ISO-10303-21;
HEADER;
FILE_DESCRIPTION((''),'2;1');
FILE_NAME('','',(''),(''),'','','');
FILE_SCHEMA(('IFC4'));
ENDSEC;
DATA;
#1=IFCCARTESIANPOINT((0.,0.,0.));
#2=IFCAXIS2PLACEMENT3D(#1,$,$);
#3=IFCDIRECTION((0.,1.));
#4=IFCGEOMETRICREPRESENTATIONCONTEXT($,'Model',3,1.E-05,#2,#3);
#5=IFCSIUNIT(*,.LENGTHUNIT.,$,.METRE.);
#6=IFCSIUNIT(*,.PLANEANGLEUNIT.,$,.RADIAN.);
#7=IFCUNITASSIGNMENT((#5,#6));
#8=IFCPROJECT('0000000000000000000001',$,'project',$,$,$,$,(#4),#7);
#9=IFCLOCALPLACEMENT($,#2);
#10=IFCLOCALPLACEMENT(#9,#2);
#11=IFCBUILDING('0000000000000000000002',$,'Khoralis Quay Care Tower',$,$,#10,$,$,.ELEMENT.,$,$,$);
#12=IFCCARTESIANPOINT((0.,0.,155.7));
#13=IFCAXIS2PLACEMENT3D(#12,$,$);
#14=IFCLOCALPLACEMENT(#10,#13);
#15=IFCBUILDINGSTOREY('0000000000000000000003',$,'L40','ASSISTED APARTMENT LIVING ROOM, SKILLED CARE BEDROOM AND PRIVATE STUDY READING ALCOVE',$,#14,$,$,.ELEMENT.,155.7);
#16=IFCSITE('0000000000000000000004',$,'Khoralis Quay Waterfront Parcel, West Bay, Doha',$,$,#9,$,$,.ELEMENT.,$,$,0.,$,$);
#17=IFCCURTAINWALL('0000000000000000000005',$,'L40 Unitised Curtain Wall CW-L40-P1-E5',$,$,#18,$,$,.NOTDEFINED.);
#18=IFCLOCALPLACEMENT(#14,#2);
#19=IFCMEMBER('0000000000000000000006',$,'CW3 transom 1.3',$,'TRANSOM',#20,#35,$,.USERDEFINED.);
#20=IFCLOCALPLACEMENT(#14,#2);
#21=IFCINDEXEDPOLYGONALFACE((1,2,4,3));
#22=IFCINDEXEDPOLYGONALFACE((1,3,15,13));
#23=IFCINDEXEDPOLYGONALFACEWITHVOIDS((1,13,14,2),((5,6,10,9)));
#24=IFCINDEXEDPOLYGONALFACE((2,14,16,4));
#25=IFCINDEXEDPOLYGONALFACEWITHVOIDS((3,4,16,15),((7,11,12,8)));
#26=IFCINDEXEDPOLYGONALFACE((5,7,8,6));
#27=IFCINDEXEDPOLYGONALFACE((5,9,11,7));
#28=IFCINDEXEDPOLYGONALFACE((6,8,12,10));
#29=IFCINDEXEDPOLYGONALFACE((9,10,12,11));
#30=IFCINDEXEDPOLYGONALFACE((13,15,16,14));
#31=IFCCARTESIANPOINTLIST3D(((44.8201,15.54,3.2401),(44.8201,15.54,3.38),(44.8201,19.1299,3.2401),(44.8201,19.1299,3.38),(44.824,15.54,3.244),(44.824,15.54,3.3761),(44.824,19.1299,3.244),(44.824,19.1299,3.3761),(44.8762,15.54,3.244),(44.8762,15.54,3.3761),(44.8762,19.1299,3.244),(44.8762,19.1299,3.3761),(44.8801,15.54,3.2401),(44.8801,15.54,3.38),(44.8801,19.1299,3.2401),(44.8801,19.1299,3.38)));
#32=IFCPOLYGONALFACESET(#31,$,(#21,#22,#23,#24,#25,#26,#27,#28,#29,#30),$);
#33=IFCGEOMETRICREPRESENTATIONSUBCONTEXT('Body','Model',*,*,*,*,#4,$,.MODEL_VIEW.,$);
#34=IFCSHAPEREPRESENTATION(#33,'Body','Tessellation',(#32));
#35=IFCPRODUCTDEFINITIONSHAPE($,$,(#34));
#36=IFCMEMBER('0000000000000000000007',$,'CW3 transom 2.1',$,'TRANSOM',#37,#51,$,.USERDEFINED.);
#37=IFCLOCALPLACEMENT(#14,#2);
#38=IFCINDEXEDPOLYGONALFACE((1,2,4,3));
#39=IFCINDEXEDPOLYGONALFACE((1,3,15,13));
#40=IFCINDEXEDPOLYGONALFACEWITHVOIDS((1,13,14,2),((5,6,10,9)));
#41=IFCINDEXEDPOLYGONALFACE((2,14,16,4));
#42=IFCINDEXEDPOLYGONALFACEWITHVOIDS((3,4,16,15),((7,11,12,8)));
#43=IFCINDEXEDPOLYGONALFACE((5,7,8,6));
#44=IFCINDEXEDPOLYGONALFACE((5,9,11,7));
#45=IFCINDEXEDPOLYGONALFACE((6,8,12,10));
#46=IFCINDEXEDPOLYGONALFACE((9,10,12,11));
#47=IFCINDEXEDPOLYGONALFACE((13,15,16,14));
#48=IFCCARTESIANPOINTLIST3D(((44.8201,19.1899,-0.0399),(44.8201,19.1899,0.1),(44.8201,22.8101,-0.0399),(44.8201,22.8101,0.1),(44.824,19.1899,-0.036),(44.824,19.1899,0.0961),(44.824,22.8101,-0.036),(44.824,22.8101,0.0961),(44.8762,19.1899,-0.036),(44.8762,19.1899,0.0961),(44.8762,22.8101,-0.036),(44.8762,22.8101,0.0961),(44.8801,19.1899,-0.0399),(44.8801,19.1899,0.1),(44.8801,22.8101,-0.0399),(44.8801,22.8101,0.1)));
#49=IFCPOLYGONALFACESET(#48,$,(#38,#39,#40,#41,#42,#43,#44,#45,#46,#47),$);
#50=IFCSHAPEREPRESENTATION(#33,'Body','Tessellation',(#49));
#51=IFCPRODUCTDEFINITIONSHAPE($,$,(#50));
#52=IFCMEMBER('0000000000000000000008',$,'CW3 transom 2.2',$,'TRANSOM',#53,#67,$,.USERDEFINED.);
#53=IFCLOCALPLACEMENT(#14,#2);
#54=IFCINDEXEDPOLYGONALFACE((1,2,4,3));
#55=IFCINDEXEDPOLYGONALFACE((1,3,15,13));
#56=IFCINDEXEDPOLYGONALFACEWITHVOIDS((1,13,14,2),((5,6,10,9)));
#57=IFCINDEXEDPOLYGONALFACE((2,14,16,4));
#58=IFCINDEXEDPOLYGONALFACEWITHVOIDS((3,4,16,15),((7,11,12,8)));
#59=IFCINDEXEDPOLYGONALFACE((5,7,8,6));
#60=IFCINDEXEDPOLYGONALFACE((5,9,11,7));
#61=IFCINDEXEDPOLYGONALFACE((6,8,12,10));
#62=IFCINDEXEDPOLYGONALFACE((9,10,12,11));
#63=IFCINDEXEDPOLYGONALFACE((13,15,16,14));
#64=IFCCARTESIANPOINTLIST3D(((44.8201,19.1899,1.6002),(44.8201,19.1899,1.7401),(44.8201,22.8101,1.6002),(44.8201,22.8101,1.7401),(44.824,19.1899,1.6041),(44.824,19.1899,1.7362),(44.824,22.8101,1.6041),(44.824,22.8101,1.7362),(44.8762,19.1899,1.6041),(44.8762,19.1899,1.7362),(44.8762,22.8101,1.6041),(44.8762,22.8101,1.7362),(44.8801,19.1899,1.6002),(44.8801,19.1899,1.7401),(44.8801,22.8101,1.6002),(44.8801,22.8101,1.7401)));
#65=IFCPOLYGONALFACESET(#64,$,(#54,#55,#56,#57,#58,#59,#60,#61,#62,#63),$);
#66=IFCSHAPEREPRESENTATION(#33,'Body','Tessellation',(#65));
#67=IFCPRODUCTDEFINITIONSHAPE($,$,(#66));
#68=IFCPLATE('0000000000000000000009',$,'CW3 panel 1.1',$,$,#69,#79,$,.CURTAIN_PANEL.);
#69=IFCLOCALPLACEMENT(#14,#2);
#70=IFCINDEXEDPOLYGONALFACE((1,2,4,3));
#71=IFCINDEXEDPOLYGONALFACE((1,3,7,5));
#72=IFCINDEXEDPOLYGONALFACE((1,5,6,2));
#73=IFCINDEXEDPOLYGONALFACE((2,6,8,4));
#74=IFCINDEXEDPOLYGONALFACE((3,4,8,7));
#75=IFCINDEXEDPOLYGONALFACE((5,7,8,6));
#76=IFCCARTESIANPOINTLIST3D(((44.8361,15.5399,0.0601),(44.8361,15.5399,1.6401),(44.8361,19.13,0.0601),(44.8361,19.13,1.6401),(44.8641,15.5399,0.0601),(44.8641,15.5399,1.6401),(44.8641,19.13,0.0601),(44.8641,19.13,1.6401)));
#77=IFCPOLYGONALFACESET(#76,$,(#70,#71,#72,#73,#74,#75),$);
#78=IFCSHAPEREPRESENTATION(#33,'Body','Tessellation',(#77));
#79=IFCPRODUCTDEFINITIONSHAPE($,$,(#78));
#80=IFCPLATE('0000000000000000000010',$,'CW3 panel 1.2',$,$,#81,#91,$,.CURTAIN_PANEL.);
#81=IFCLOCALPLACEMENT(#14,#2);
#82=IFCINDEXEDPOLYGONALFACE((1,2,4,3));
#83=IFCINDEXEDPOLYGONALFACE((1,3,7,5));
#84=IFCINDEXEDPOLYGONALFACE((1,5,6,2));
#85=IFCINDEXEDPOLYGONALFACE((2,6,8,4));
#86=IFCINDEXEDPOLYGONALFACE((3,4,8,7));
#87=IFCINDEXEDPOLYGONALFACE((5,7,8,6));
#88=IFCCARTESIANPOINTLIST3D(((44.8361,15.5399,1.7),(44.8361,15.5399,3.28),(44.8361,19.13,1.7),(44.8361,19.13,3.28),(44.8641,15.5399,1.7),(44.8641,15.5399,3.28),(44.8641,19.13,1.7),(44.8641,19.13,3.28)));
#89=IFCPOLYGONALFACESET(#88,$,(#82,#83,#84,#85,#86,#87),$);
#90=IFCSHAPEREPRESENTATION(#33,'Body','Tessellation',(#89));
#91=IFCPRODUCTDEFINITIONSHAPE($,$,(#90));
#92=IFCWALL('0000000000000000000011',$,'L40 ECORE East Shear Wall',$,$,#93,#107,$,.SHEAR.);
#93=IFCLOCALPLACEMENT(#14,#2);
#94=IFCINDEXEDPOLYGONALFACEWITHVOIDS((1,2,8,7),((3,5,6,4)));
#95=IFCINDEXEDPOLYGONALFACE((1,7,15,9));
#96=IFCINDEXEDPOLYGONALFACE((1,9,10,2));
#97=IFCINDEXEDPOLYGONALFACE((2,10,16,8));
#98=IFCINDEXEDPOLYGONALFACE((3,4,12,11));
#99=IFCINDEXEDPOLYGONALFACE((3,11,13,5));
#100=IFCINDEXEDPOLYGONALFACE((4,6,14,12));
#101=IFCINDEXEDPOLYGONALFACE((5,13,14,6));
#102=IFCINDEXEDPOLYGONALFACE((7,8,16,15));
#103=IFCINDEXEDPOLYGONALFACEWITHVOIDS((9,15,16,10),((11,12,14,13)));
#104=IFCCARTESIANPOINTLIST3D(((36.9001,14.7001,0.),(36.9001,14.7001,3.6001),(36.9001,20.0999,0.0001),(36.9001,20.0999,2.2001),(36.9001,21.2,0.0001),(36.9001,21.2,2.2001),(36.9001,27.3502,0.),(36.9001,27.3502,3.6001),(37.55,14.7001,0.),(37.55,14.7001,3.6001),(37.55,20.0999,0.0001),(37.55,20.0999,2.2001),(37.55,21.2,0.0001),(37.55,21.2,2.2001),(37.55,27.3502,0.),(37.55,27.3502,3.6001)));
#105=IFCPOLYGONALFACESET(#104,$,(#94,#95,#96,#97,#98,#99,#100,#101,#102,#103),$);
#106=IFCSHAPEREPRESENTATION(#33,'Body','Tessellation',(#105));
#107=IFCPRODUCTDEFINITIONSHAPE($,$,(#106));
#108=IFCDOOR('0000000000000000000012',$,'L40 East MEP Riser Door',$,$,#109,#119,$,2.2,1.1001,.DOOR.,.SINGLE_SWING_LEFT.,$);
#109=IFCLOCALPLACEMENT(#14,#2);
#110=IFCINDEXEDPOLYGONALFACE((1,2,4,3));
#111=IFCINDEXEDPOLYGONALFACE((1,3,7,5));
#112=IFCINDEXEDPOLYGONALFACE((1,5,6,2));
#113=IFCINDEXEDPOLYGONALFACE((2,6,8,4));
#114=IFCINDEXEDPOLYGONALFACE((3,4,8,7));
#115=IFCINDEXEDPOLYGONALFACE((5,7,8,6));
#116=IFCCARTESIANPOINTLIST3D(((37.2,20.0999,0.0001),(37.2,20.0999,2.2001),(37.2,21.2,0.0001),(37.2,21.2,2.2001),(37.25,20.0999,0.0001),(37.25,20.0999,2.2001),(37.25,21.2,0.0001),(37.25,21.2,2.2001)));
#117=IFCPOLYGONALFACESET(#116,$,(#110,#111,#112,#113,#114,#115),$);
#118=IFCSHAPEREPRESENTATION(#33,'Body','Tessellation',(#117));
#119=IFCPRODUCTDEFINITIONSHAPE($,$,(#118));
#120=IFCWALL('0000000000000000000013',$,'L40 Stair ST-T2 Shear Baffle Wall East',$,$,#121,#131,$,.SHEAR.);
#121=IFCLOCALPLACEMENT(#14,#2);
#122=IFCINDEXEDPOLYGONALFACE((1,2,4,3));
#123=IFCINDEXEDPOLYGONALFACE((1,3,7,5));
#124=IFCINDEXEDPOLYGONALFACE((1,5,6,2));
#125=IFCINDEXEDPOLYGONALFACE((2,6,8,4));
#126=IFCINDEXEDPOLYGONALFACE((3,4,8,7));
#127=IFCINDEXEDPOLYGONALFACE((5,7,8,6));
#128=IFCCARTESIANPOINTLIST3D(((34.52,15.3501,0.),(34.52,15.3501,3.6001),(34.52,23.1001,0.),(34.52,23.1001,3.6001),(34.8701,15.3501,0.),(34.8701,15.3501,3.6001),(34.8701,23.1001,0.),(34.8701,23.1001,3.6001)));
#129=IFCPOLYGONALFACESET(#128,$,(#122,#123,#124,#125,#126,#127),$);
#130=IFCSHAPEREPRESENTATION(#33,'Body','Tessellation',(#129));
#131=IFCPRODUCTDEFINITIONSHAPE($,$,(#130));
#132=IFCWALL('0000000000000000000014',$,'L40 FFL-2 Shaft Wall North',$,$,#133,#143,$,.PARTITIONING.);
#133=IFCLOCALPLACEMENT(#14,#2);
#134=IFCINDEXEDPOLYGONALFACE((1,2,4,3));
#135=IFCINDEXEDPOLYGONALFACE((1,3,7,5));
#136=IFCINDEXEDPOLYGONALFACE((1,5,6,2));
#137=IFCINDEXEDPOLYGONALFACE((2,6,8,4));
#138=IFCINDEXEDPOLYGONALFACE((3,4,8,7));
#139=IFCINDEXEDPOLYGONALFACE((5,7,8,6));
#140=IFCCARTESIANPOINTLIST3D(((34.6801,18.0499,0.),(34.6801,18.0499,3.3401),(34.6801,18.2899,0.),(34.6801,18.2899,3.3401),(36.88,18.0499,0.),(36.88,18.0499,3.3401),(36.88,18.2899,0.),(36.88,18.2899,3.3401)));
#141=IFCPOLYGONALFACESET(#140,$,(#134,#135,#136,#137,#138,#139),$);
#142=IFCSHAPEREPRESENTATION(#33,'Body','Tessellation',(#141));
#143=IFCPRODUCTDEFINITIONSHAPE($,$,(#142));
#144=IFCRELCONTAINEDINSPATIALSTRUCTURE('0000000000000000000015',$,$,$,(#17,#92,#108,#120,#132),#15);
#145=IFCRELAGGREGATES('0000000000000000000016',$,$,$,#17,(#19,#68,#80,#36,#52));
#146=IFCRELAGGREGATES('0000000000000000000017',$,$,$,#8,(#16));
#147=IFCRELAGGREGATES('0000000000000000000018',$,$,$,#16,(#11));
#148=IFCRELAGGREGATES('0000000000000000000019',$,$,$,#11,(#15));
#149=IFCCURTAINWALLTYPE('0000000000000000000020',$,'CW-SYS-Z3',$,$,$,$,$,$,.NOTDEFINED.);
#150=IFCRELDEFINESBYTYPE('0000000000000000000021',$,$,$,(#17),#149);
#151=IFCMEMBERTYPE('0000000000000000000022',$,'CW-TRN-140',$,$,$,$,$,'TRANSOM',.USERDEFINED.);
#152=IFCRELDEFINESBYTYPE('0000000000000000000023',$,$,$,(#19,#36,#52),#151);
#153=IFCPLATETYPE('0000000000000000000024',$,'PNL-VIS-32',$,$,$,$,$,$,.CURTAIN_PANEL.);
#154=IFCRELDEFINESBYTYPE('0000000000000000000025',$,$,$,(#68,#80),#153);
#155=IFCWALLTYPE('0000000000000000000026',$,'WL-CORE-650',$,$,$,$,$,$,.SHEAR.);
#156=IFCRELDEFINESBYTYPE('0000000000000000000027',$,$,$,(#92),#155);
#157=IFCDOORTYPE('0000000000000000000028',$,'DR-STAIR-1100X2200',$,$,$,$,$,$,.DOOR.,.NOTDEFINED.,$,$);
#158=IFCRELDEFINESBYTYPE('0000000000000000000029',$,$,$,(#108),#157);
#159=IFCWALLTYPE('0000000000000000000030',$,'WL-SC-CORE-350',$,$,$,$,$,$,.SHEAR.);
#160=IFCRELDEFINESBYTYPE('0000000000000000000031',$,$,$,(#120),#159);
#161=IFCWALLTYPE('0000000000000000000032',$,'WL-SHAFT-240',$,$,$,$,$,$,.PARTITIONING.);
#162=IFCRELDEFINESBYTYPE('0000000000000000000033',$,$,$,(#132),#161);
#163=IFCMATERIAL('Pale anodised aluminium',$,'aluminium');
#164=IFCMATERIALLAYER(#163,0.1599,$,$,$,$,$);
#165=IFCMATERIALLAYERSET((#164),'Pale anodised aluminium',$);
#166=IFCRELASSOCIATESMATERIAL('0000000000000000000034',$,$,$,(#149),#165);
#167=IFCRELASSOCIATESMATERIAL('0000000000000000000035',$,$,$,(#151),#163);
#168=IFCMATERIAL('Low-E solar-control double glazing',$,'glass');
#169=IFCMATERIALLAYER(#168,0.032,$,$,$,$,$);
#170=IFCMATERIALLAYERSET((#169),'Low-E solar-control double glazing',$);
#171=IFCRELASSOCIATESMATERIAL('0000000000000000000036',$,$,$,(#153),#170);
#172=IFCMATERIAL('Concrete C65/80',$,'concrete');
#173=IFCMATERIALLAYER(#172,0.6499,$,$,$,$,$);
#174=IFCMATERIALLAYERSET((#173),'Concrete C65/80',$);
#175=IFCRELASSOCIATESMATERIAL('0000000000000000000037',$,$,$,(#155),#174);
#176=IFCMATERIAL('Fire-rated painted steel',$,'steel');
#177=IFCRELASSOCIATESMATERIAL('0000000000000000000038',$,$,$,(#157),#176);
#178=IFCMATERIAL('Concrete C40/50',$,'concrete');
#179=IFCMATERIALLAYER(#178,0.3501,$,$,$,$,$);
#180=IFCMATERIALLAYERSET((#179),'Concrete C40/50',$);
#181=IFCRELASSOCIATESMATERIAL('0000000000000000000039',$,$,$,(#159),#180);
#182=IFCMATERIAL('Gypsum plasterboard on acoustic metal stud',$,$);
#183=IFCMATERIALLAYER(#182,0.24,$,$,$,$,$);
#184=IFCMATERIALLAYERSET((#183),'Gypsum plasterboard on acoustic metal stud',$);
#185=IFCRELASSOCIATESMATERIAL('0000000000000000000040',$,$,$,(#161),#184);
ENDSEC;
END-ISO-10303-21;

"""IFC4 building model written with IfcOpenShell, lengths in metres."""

from ifc_helpers import new_model, si_unit, direction, frame, frame_2d, origin, origin_2d, place, context, subcontext, project, spatial, rectangle, hollow_rectangle, extrude, source, transform, mapped, material, layer, layer_set, material_profile, profile_set, type_object, element, fill, aggregate, save


model = new_model("IFC4")

# Units and contexts
model_context = context("Model", 3, precision=1e-05, world=origin(), true_north=direction((0.0, 1.0)))
body_context = subcontext(model_context, "Body", "Model", "MODEL_VIEW")
ifc_project = project(units=[si_unit("LENGTHUNIT", "METRE"), si_unit("PLANEANGLEUNIT", "RADIAN")], contexts=[model_context])

# Site, building, storey
site_placement = place(None, origin())
site = spatial("IfcSite", under=ifc_project, at=site_placement, Name="Khoralis Quay Waterfront Parcel, West Bay, Doha", CompositionType="ELEMENT", RefElevation=0.0)
building_placement = place(site_placement, origin())
building = spatial("IfcBuilding", under=site, at=building_placement, Name="Khoralis Quay Care Tower", CompositionType="ELEMENT")
storey_placement = place(building_placement, frame((0.0, 0.0, 155.7)))
storey = spatial("IfcBuildingStorey", under=building, at=storey_placement, Name="L40", Description="ASSISTED APARTMENT LIVING ROOM, SKILLED CARE BEDROOM AND PRIVATE STUDY READING ALCOVE", CompositionType="ELEMENT", Elevation=155.7)

# Shared definitions
ifc_material_1 = material(Name="Concrete C65/80", Category="concrete")

# Curtain wall, members, plates
ifc_material_2 = material(Name="Pale anodised aluminium", Category="aluminium")
ifc_layer_1 = layer(ifc_material_2, 0.1599)
ifc_layer_set_1 = layer_set([ifc_layer_1], Name="Pale anodised aluminium")
curtain_wall_type = type_object("IfcCurtainWallType", Name="CW-SYS-Z3", PredefinedType="NOTDEFINED", material=ifc_layer_set_1)
curtain_wall_placement = place(storey_placement, origin())
curtain_wall = element("IfcCurtainWall", 1, at=curtain_wall_placement, inside=storey, type_object=curtain_wall_type, Name="L40 Unitised Curtain Wall CW-L40-P1-E5", PredefinedType="NOTDEFINED")
ifc_material_profile_1 = material_profile(ifc_material_2, hollow_rectangle(XDim=0.0601, YDim=0.1399, WallThickness=0.0039, at=origin_2d()), Name="Pale anodised aluminium")
ifc_profile_set_1 = profile_set([ifc_material_profile_1], Name="Pale anodised aluminium")
member_type_1 = type_object("IfcMemberType", Name="CW-TRN-140", ElementType="TRANSOM", PredefinedType="USERDEFINED", material=ifc_profile_set_1)
shared_shape_1 = source(origin(), body_context, "Body", "SweptSolid", [
    extrude(hollow_rectangle(XDim=0.0601, YDim=0.1399, WallThickness=0.0039, at=origin_2d()), origin(), (0.0, 0.0, 1.0), 3.5898),
])
member_1_placement = place(storey_placement, frame((44.8501, 15.54, 3.3101), z_axis=(0.0, 1.0, 0.0), x_axis=(-1.0, 0.0, 0.0)))
member_1 = element("IfcMember", 2, at=member_1_placement, type_object=member_type_1, Name="CW3 transom 1.3", ObjectType="TRANSOM", PredefinedType="USERDEFINED", context=body_context, shape_type="MappedRepresentation", body=[
    mapped(shared_shape_1, transform((0.0, 0.0, 0.0), scale=1.0)),
])
shared_shape_2 = source(origin(), body_context, "Body", "SweptSolid", [
    extrude(hollow_rectangle(XDim=0.0601, YDim=0.1399, WallThickness=0.0039, at=origin_2d()), origin(), (0.0, 0.0, 1.0), 3.6201),
])
member_2_placement = place(storey_placement, frame((44.8501, 19.1899, 0.03), z_axis=(0.0, 1.0, 0.0), x_axis=(-1.0, 0.0, 0.0)))
member_2 = element("IfcMember", 3, at=member_2_placement, type_object=member_type_1, Name="CW3 transom 2.1", ObjectType="TRANSOM", PredefinedType="USERDEFINED", context=body_context, shape_type="MappedRepresentation", body=[
    mapped(shared_shape_2, transform((0.0, 0.0, 0.0), scale=1.0)),
])
member_3_placement = place(storey_placement, frame((44.8501, 19.1899, 1.6702), z_axis=(0.0, 1.0, 0.0), x_axis=(-1.0, 0.0, 0.0)))
member_3 = element("IfcMember", 4, at=member_3_placement, type_object=member_type_1, Name="CW3 transom 2.2", ObjectType="TRANSOM", PredefinedType="USERDEFINED", context=body_context, shape_type="MappedRepresentation", body=[
    mapped(shared_shape_2, transform((0.0, 0.0, 0.0), scale=1.0)),
])
ifc_material_3 = material(Name="Low-E solar-control double glazing", Category="glass")
ifc_layer_2 = layer(ifc_material_3, 0.032)
ifc_layer_set_2 = layer_set([ifc_layer_2], Name="Low-E solar-control double glazing")
plate_type = type_object("IfcPlateType", Name="PNL-VIS-32", PredefinedType="CURTAIN_PANEL", material=ifc_layer_set_2)
shared_shape_3 = source(origin(), body_context, "Body", "SweptSolid", [
    extrude(rectangle(XDim=3.5901, YDim=0.0281, at=origin_2d()), origin(), (0.0, 0.0, 1.0), 1.5801),
])
plate_1_placement = place(storey_placement, frame((44.8501, 17.335, 0.0601), z_axis=(0.0, 0.0, 1.0), x_axis=(0.0, 1.0, 0.0)))
plate_1 = element("IfcPlate", 5, at=plate_1_placement, type_object=plate_type, Name="CW3 panel 1.1", PredefinedType="CURTAIN_PANEL", context=body_context, shape_type="MappedRepresentation", body=[
    mapped(shared_shape_3, transform((0.0, 0.0, 0.0), scale=1.0)),
])
plate_2_placement = place(storey_placement, frame((44.8501, 17.335, 1.7), z_axis=(0.0, 0.0, 1.0), x_axis=(0.0, 1.0, 0.0)))
plate_2 = element("IfcPlate", 6, at=plate_2_placement, type_object=plate_type, Name="CW3 panel 1.2", PredefinedType="CURTAIN_PANEL", context=body_context, shape_type="MappedRepresentation", body=[
    mapped(shared_shape_3, transform((0.0, 0.0, 0.0), scale=1.0)),
])
aggregate(curtain_wall, [member_1, plate_1, plate_2, member_2, member_3])

# Wall, opening, door
ifc_layer_3 = layer(ifc_material_1, 0.6499)
ifc_layer_set_3 = layer_set([ifc_layer_3], Name="Concrete C65/80")
wall_type_1 = type_object("IfcWallType", Name="WL-CORE-650", PredefinedType="SHEAR", material=ifc_layer_set_3)
wall_1_placement = place(storey_placement, frame((37.2251, 14.7, 0.0), z_axis=(0.0, 0.0, 1.0), x_axis=(0.0, 1.0, 0.0)))
wall_1 = element("IfcWall", 7, at=wall_1_placement, inside=storey, type_object=wall_type_1, Name="L40 ECORE East Shear Wall", PredefinedType="SHEAR", context=body_context, shape_type="SweptSolid", body=[
    extrude(rectangle(XDim=12.6501, YDim=0.6499, at=frame_2d((6.3252, 0.0))), origin(), (0.0, 0.0, 1.0), 3.6001),
])
opening_placement = place(wall_1_placement, frame((5.3999, 0.0, 0.0)))
opening = element("IfcOpeningElement", 8, at=opening_placement, cuts=wall_1, PredefinedType="OPENING", context=body_context, shape_type="SweptSolid", body=[
    extrude(rectangle(XDim=1.1001, YDim=2.2, at=frame_2d((0.55, 1.1001))), frame((0.0, 0.335, 0.0), z_axis=(0.0, -1.0, 0.0), x_axis=(1.0, 0.0, 0.0)), (0.0, 0.0, 1.0), 0.6699),
])
ifc_material_4 = material(Name="Fire-rated painted steel", Category="steel")
door_type = type_object("IfcDoorType", Name="DR-STAIR-1100X2200", OperationType="NOTDEFINED", PredefinedType="DOOR", material=ifc_material_4)
shared_shape_4 = source(origin(), body_context, "Body", "SweptSolid", [
    extrude(rectangle(XDim=1.1001, YDim=2.2, at=frame_2d((0.55, 1.1001))), frame((0.0, 0.0249, 0.0), z_axis=(0.0, -1.0, 0.0), x_axis=(1.0, 0.0, 0.0)), (0.0, 0.0, 1.0), 0.05),
])
door_placement = place(opening_placement, frame((1.1001, 0.0, 0.0), z_axis=(0.0, 0.0, 1.0), x_axis=(-1.0, 0.0, 0.0)))
door = element("IfcDoor", 9, at=door_placement, inside=storey, type_object=door_type, Name="L40 East MEP Riser Door", OperationType="SINGLE_SWING_LEFT", OverallHeight=2.2, OverallWidth=1.1001, PredefinedType="DOOR", context=body_context, shape_type="MappedRepresentation", body=[
    mapped(shared_shape_4, transform((0.0, 0.0, 0.0), scale=1.0)),
])
fill(opening, door)

# Walls
ifc_material_5 = material(Name="Concrete C40/50", Category="concrete")
ifc_layer_4 = layer(ifc_material_5, 0.3501)
ifc_layer_set_4 = layer_set([ifc_layer_4], Name="Concrete C40/50")
wall_type_2 = type_object("IfcWallType", Name="WL-SC-CORE-350", PredefinedType="SHEAR", material=ifc_layer_set_4)
wall_2_placement = place(storey_placement, frame((34.6951, 15.3501, 0.0), z_axis=(0.0, 0.0, 1.0), x_axis=(0.0, 1.0, 0.0)))
element("IfcWall", 10, at=wall_2_placement, inside=storey, type_object=wall_type_2, Name="L40 Stair ST-T2 Shear Baffle Wall East", PredefinedType="SHEAR", context=body_context, shape_type="SweptSolid", body=[
    extrude(rectangle(XDim=7.75, YDim=0.3501, at=frame_2d((3.875, 0.0))), origin(), (0.0, 0.0, 1.0), 3.6001),
])
ifc_material_6 = material(Name="Gypsum plasterboard on acoustic metal stud")
ifc_layer_5 = layer(ifc_material_6, 0.24)
ifc_layer_set_5 = layer_set([ifc_layer_5], Name="Gypsum plasterboard on acoustic metal stud")
wall_type_3 = type_object("IfcWallType", Name="WL-SHAFT-240", PredefinedType="PARTITIONING", material=ifc_layer_set_5)
wall_3_placement = place(storey_placement, frame((34.6799, 18.1699, 0.0), z_axis=(0.0, 0.0, 1.0), x_axis=(1.0, 0.0, 0.0)))
element("IfcWall", 11, at=wall_3_placement, inside=storey, type_object=wall_type_3, Name="L40 FFL-2 Shaft Wall North", PredefinedType="PARTITIONING", context=body_context, shape_type="SweptSolid", body=[
    extrude(rectangle(XDim=2.2, YDim=0.24, at=frame_2d((1.1001, 0.0))), origin(), (0.0, 0.0, 1.0), 3.3401),
])

save(model, "model.ifc")
